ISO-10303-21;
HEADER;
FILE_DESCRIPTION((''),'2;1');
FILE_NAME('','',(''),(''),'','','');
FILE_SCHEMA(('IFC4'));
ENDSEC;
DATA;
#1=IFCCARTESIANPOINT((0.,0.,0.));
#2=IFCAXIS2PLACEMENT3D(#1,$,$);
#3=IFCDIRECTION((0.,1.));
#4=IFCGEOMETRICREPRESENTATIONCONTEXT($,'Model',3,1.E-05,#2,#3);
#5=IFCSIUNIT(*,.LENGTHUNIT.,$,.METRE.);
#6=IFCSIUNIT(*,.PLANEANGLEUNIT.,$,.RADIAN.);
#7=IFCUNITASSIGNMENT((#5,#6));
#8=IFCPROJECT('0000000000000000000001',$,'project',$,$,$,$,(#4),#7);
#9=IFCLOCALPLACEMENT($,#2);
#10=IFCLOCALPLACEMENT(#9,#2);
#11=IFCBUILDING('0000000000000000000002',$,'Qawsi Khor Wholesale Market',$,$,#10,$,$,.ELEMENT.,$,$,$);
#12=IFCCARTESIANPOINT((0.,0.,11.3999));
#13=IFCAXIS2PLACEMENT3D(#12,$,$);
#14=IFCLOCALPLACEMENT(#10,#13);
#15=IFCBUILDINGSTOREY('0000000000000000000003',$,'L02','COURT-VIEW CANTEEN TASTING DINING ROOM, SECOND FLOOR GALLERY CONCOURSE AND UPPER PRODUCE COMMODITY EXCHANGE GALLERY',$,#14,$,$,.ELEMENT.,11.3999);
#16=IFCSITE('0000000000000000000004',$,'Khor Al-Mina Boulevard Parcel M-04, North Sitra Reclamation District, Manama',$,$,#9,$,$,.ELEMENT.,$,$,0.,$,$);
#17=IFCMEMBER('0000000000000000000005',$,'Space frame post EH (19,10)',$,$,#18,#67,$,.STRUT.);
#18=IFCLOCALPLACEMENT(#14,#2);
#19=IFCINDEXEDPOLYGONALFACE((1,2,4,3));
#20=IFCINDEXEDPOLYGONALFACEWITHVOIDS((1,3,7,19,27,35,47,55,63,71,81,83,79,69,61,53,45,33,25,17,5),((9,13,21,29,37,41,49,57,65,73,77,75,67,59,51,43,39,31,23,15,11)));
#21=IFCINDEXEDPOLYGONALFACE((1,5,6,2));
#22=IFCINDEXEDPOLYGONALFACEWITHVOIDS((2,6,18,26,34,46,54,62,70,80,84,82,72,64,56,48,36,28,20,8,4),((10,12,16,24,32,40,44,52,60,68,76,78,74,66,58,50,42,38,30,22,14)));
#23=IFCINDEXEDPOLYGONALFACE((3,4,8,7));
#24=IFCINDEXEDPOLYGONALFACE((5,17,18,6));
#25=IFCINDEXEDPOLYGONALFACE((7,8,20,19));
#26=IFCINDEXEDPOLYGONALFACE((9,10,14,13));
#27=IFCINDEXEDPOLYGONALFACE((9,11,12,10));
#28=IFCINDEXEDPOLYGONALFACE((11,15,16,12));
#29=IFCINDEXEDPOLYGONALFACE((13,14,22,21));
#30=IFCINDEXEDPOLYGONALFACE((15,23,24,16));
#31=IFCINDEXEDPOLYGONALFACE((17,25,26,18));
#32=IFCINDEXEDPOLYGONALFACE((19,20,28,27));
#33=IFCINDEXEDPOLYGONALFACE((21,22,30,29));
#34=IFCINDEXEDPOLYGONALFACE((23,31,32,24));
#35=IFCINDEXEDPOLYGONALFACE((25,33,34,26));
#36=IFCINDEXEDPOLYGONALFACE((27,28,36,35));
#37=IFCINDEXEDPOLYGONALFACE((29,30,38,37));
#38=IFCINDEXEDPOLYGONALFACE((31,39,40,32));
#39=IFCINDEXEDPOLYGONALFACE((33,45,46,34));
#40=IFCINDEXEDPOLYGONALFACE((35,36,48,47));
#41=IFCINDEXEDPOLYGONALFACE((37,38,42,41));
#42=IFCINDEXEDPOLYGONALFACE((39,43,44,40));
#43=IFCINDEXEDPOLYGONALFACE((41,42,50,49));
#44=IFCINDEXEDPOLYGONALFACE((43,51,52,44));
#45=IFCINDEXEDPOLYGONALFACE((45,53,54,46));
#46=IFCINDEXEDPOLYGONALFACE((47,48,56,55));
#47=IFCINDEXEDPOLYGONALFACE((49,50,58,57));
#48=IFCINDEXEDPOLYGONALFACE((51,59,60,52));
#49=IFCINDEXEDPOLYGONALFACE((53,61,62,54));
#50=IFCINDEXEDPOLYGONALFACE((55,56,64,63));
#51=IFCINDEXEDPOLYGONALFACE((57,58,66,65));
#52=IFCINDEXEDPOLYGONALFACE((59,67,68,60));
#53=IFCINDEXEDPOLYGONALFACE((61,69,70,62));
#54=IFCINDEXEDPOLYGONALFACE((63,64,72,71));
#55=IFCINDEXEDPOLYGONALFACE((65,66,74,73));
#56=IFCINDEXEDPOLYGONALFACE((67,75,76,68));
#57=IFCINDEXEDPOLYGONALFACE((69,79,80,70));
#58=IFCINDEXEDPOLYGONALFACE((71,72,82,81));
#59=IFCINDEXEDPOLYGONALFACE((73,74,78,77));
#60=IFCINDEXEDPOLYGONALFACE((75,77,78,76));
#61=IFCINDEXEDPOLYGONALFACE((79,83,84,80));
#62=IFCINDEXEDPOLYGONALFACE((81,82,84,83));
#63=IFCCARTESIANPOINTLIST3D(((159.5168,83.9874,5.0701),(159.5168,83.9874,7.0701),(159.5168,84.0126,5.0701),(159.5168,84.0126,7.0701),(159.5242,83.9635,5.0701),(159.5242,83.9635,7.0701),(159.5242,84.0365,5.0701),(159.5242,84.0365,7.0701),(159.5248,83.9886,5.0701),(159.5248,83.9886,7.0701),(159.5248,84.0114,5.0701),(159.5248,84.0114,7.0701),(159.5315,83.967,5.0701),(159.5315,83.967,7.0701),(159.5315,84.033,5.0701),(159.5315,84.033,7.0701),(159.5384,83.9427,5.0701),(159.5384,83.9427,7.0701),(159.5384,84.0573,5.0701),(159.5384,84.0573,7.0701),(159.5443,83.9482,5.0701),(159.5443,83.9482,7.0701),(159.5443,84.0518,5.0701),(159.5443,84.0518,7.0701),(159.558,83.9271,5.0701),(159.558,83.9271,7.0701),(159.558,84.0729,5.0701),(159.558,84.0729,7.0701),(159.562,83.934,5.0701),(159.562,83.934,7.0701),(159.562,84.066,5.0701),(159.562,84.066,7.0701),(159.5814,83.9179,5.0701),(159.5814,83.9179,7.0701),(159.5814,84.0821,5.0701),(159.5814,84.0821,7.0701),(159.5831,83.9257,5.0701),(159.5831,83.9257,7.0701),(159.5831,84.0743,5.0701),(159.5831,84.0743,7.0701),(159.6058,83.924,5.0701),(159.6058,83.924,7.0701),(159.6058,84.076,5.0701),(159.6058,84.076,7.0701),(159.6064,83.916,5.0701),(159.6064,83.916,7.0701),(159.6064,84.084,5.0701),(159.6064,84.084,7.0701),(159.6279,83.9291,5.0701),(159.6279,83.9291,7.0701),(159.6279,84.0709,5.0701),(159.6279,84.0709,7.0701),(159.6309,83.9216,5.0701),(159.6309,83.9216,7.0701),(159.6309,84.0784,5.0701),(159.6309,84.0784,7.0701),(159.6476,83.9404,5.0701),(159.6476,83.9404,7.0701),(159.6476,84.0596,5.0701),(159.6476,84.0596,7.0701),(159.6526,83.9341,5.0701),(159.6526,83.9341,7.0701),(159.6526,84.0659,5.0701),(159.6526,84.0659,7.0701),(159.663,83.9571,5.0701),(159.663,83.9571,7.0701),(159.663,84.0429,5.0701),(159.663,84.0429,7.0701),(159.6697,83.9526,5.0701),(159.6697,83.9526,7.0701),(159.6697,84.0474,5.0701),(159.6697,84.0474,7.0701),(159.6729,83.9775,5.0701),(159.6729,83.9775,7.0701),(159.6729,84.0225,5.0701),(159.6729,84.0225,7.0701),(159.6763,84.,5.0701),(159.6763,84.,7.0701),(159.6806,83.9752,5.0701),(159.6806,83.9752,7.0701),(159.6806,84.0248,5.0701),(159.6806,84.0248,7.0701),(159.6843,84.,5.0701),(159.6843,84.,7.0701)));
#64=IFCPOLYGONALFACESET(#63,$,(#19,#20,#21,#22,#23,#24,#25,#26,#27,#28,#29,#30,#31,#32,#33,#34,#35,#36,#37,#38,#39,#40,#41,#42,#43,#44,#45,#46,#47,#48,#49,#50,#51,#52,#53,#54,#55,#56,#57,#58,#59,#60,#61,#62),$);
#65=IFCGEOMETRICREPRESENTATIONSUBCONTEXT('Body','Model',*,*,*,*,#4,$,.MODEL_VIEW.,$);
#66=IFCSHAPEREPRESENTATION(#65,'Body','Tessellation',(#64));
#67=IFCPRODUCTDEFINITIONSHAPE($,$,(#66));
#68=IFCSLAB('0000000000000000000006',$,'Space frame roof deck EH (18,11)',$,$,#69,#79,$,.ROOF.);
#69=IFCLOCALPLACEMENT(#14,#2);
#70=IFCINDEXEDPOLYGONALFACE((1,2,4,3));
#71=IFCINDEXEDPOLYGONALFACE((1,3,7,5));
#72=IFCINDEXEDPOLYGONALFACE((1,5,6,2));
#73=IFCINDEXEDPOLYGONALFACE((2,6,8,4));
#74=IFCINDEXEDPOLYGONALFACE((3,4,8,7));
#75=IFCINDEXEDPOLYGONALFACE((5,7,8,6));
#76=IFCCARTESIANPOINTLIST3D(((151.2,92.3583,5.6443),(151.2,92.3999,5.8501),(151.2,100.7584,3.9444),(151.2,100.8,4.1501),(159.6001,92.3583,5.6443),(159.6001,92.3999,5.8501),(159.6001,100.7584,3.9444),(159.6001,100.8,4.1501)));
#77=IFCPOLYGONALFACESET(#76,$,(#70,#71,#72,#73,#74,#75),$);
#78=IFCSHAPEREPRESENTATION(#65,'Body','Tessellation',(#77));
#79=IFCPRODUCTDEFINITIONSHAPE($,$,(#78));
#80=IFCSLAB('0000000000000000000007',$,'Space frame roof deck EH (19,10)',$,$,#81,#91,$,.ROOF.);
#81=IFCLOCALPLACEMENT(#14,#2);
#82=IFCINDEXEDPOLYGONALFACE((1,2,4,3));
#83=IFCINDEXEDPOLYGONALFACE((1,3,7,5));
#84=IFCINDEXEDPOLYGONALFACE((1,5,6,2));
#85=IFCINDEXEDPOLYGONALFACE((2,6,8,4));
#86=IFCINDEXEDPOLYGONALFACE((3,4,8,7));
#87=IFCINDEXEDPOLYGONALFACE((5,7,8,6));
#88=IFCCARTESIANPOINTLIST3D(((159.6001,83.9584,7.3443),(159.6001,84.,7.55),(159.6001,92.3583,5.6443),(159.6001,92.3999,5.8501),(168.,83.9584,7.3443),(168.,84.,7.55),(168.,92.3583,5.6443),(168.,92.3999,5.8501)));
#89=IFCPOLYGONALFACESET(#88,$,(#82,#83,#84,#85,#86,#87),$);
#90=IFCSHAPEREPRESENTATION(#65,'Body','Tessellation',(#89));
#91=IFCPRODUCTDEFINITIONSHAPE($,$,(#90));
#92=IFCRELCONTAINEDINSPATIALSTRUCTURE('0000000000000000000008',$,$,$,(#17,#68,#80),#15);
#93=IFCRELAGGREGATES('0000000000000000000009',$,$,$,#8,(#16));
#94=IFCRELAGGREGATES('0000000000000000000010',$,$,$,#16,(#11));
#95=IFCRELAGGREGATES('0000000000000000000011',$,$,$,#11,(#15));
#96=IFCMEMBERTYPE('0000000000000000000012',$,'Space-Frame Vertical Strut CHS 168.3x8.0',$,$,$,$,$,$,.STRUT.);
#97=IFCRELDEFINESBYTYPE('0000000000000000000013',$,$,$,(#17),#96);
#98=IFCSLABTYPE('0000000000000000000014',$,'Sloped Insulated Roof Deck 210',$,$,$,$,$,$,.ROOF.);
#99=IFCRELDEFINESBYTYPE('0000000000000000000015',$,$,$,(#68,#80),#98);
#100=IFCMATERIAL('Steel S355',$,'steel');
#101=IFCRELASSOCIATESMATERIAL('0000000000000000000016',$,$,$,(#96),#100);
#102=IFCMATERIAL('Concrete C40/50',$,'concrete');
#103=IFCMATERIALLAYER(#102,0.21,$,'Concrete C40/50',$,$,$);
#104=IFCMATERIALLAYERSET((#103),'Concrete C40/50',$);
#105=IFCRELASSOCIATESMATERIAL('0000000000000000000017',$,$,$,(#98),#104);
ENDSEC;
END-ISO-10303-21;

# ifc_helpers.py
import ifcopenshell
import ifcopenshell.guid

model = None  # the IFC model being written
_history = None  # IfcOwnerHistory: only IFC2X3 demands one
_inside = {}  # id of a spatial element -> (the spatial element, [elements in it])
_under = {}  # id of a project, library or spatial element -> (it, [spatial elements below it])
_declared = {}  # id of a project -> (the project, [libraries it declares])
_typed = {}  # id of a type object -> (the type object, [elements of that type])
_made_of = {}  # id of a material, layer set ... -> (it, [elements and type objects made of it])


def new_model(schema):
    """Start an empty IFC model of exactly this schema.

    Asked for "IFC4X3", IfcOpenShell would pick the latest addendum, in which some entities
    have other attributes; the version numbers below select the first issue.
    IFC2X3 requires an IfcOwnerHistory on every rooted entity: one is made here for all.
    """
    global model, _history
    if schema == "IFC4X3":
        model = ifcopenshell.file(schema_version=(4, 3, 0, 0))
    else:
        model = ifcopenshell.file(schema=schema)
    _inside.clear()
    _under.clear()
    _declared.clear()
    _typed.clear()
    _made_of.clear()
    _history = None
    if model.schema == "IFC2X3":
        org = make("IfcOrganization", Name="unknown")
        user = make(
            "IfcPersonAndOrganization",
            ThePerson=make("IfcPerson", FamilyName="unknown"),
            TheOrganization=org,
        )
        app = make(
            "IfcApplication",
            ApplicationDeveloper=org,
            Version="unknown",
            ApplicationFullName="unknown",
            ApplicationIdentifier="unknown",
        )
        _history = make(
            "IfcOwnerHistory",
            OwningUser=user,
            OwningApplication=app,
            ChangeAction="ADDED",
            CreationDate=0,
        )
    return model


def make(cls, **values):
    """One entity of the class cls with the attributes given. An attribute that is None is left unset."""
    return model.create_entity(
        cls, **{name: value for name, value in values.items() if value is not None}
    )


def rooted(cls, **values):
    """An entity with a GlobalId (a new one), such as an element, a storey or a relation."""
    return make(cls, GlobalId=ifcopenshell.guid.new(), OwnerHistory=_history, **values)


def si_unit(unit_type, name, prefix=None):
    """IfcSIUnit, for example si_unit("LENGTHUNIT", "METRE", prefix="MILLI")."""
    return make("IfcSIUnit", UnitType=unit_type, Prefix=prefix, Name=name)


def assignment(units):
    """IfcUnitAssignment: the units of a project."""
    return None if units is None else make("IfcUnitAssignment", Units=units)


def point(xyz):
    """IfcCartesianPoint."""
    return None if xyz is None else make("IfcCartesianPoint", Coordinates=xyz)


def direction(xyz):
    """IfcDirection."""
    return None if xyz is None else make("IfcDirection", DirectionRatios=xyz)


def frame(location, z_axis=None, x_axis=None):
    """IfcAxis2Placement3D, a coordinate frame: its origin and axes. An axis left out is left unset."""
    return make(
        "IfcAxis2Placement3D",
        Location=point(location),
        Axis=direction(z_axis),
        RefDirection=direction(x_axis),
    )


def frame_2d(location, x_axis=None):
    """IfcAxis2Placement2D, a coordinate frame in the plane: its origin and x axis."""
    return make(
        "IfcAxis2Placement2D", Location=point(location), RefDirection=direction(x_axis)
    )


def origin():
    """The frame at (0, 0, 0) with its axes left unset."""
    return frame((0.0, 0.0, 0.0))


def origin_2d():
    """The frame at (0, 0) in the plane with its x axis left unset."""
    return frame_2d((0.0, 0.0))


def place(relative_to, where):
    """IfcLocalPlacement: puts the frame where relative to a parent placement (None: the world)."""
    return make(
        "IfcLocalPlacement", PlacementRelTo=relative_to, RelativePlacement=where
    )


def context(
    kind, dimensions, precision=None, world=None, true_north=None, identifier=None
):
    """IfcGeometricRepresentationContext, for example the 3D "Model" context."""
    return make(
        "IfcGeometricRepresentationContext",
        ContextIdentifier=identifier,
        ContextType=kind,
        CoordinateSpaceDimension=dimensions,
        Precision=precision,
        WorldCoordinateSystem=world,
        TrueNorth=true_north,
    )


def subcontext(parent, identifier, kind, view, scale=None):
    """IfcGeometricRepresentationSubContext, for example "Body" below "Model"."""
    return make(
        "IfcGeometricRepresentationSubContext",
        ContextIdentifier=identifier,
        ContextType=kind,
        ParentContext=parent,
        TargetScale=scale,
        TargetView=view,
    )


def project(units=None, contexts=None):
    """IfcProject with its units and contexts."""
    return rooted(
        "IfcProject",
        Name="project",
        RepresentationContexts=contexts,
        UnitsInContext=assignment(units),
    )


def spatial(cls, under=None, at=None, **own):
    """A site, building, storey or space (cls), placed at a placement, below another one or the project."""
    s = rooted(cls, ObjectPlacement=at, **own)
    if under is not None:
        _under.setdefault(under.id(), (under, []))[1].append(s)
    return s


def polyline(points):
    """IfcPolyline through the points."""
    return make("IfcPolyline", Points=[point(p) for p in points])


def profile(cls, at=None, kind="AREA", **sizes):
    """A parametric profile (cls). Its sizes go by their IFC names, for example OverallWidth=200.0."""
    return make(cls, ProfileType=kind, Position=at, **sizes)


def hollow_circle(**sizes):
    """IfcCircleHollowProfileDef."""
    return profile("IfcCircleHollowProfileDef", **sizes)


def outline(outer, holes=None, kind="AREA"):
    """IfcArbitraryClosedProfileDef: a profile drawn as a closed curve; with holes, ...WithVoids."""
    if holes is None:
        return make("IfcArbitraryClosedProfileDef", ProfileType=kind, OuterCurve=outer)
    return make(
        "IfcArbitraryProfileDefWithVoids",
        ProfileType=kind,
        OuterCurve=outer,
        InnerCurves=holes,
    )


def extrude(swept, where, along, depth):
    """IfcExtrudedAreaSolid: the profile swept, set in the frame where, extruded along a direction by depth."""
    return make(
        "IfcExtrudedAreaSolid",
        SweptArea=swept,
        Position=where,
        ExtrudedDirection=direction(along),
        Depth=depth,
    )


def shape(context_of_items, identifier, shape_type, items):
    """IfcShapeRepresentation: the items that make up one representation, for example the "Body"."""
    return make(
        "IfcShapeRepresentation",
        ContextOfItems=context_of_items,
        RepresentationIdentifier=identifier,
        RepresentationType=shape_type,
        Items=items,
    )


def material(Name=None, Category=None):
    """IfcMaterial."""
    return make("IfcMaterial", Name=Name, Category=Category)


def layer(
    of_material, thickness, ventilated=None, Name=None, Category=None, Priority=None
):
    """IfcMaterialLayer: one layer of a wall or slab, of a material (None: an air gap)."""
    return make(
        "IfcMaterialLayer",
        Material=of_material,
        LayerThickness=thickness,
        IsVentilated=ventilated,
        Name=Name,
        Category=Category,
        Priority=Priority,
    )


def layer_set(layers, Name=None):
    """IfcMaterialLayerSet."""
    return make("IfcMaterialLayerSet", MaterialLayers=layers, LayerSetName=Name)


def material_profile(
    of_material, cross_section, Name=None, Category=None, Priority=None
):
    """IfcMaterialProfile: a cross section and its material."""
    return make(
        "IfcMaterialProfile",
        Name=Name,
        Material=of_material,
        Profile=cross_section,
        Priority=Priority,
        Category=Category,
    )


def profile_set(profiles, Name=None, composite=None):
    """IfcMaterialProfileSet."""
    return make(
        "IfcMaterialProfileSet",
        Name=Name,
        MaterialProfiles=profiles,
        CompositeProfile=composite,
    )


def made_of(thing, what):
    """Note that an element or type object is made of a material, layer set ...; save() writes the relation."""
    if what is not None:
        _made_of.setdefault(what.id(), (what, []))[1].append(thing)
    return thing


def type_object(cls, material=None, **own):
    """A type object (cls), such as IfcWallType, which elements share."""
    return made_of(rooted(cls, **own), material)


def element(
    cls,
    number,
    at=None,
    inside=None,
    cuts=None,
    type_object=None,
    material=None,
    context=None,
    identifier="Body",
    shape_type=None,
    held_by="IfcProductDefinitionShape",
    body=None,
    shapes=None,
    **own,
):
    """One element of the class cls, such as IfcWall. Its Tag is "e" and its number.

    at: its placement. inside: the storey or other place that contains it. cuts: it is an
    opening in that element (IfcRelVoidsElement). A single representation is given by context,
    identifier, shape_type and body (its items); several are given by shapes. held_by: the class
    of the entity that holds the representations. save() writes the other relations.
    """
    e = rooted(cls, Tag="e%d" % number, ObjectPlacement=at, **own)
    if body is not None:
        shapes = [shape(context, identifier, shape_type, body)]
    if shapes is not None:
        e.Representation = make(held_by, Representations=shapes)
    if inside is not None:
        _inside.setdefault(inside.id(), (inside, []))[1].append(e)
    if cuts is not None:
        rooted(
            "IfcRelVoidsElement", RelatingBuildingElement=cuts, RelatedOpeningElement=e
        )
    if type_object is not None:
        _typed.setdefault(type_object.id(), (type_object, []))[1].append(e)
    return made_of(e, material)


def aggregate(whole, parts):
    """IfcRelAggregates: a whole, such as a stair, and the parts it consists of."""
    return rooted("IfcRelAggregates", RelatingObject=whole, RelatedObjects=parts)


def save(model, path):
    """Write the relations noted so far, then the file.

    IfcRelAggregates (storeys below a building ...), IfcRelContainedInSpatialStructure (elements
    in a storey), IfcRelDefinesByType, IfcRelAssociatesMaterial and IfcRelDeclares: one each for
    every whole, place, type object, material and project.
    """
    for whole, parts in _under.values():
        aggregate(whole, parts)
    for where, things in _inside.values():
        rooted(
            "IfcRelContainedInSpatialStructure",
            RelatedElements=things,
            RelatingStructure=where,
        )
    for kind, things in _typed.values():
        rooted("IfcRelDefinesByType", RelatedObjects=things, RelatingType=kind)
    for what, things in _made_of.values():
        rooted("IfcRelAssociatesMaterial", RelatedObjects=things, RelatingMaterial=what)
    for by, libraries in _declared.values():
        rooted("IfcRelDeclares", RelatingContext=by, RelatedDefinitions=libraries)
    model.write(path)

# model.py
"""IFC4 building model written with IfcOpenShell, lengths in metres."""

from ifc_helpers import new_model, si_unit, direction, frame, origin, origin_2d, place, context, subcontext, project, spatial, polyline, hollow_circle, outline, extrude, material, layer, layer_set, material_profile, profile_set, type_object, element, save


model = new_model("IFC4")

# Units and contexts
model_context = context("Model", 3, precision=1e-05, world=origin(), true_north=direction((0.0, 1.0)))
body_context = subcontext(model_context, "Body", "Model", "MODEL_VIEW")
ifc_project = project(units=[si_unit("LENGTHUNIT", "METRE"), si_unit("PLANEANGLEUNIT", "RADIAN")], contexts=[model_context])

# Site, building, storey
site_placement = place(None, origin())
site = spatial("IfcSite", under=ifc_project, at=site_placement, Name="Khor Al-Mina Boulevard Parcel M-04, North Sitra Reclamation District, Manama", CompositionType="ELEMENT", RefElevation=0.0)
building_placement = place(site_placement, origin())
building = spatial("IfcBuilding", under=site, at=building_placement, Name="Qawsi Khor Wholesale Market", CompositionType="ELEMENT")
storey_placement = place(building_placement, frame((0.0, 0.0, 11.3999)))
storey = spatial("IfcBuildingStorey", under=building, at=storey_placement, Name="L02", Description="COURT-VIEW CANTEEN TASTING DINING ROOM, SECOND FLOOR GALLERY CONCOURSE AND UPPER PRODUCE COMMODITY EXCHANGE GALLERY", CompositionType="ELEMENT", Elevation=11.3999)

# Shared definitions
ifc_material_1 = material(Name="Concrete C40/50", Category="concrete")

# Member
ifc_material_2 = material(Name="Steel S355", Category="steel")
ifc_material_profile_1 = material_profile(ifc_material_2, hollow_circle(Radius=0.0842, WallThickness=0.0081, at=origin_2d()), Name="CHS 168.3x8.0")
ifc_profile_set_1 = profile_set([ifc_material_profile_1], Name="Steel S355")
member_type_1 = type_object("IfcMemberType", Name="Space-Frame Vertical Strut CHS 168.3x8.0", PredefinedType="STRUT", material=ifc_profile_set_1)
for number, where, z_axis, x_axis, name in (
    (1, (159.6001, 84.0, 5.0701), (0.0, 0.0, 1.0), (1.0, 0.0, 0.0), "Space frame post EH (19,10)"),
):
    element("IfcMember", number, at=place(storey_placement, frame(where, z_axis=z_axis, x_axis=x_axis)), inside=storey, type_object=member_type_1, Name=name, PredefinedType="STRUT", context=body_context, shape_type="SweptSolid", body=[
        extrude(hollow_circle(Radius=0.0842, WallThickness=0.0081, at=origin_2d()), origin(), (0.0, 0.0, 1.0), 2.0),
    ])

# Slabs
ifc_layer = layer(ifc_material_1, 0.21, Name="Concrete C40/50")
ifc_layer_set = layer_set([ifc_layer], Name="Concrete C40/50")
slab_type = type_object("IfcSlabType", Name="Sloped Insulated Roof Deck 210", PredefinedType="ROOF", material=ifc_layer_set)
slab_1_placement = place(storey_placement, frame((151.2, 92.3999, 5.8501), z_axis=(0.0, 0.198351, 0.980131), x_axis=(1.0, 0.0, 0.0)))
element("IfcSlab", 2, at=slab_1_placement, inside=storey, type_object=slab_type, Name="Space frame roof deck EH (18,11)", PredefinedType="ROOF", context=body_context, shape_type="SweptSolid", body=[
    extrude(outline(polyline([(0.0, 0.0), (8.4001, 0.0), (8.4001, 8.5704), (0.0, 8.5704), (0.0, 0.0)])), origin(), (0.0, 0.0, -1.0), 0.21),
])
slab_2_placement = place(storey_placement, frame((159.6001, 84.0, 7.55), z_axis=(0.0, 0.198356, 0.98013), x_axis=(1.0, 0.0, 0.0)))
element("IfcSlab", 3, at=slab_2_placement, inside=storey, type_object=slab_type, Name="Space frame roof deck EH (19,10)", PredefinedType="ROOF", context=body_context, shape_type="SweptSolid", body=[
    extrude(outline(polyline([(0.0, 0.0), (8.3999, 0.0), (8.3999, 8.5702), (0.0, 8.5702), (0.0, 0.0)])), origin(), (0.0, 0.0, -1.0), 0.21),
])

save(model, "model.ifc")
